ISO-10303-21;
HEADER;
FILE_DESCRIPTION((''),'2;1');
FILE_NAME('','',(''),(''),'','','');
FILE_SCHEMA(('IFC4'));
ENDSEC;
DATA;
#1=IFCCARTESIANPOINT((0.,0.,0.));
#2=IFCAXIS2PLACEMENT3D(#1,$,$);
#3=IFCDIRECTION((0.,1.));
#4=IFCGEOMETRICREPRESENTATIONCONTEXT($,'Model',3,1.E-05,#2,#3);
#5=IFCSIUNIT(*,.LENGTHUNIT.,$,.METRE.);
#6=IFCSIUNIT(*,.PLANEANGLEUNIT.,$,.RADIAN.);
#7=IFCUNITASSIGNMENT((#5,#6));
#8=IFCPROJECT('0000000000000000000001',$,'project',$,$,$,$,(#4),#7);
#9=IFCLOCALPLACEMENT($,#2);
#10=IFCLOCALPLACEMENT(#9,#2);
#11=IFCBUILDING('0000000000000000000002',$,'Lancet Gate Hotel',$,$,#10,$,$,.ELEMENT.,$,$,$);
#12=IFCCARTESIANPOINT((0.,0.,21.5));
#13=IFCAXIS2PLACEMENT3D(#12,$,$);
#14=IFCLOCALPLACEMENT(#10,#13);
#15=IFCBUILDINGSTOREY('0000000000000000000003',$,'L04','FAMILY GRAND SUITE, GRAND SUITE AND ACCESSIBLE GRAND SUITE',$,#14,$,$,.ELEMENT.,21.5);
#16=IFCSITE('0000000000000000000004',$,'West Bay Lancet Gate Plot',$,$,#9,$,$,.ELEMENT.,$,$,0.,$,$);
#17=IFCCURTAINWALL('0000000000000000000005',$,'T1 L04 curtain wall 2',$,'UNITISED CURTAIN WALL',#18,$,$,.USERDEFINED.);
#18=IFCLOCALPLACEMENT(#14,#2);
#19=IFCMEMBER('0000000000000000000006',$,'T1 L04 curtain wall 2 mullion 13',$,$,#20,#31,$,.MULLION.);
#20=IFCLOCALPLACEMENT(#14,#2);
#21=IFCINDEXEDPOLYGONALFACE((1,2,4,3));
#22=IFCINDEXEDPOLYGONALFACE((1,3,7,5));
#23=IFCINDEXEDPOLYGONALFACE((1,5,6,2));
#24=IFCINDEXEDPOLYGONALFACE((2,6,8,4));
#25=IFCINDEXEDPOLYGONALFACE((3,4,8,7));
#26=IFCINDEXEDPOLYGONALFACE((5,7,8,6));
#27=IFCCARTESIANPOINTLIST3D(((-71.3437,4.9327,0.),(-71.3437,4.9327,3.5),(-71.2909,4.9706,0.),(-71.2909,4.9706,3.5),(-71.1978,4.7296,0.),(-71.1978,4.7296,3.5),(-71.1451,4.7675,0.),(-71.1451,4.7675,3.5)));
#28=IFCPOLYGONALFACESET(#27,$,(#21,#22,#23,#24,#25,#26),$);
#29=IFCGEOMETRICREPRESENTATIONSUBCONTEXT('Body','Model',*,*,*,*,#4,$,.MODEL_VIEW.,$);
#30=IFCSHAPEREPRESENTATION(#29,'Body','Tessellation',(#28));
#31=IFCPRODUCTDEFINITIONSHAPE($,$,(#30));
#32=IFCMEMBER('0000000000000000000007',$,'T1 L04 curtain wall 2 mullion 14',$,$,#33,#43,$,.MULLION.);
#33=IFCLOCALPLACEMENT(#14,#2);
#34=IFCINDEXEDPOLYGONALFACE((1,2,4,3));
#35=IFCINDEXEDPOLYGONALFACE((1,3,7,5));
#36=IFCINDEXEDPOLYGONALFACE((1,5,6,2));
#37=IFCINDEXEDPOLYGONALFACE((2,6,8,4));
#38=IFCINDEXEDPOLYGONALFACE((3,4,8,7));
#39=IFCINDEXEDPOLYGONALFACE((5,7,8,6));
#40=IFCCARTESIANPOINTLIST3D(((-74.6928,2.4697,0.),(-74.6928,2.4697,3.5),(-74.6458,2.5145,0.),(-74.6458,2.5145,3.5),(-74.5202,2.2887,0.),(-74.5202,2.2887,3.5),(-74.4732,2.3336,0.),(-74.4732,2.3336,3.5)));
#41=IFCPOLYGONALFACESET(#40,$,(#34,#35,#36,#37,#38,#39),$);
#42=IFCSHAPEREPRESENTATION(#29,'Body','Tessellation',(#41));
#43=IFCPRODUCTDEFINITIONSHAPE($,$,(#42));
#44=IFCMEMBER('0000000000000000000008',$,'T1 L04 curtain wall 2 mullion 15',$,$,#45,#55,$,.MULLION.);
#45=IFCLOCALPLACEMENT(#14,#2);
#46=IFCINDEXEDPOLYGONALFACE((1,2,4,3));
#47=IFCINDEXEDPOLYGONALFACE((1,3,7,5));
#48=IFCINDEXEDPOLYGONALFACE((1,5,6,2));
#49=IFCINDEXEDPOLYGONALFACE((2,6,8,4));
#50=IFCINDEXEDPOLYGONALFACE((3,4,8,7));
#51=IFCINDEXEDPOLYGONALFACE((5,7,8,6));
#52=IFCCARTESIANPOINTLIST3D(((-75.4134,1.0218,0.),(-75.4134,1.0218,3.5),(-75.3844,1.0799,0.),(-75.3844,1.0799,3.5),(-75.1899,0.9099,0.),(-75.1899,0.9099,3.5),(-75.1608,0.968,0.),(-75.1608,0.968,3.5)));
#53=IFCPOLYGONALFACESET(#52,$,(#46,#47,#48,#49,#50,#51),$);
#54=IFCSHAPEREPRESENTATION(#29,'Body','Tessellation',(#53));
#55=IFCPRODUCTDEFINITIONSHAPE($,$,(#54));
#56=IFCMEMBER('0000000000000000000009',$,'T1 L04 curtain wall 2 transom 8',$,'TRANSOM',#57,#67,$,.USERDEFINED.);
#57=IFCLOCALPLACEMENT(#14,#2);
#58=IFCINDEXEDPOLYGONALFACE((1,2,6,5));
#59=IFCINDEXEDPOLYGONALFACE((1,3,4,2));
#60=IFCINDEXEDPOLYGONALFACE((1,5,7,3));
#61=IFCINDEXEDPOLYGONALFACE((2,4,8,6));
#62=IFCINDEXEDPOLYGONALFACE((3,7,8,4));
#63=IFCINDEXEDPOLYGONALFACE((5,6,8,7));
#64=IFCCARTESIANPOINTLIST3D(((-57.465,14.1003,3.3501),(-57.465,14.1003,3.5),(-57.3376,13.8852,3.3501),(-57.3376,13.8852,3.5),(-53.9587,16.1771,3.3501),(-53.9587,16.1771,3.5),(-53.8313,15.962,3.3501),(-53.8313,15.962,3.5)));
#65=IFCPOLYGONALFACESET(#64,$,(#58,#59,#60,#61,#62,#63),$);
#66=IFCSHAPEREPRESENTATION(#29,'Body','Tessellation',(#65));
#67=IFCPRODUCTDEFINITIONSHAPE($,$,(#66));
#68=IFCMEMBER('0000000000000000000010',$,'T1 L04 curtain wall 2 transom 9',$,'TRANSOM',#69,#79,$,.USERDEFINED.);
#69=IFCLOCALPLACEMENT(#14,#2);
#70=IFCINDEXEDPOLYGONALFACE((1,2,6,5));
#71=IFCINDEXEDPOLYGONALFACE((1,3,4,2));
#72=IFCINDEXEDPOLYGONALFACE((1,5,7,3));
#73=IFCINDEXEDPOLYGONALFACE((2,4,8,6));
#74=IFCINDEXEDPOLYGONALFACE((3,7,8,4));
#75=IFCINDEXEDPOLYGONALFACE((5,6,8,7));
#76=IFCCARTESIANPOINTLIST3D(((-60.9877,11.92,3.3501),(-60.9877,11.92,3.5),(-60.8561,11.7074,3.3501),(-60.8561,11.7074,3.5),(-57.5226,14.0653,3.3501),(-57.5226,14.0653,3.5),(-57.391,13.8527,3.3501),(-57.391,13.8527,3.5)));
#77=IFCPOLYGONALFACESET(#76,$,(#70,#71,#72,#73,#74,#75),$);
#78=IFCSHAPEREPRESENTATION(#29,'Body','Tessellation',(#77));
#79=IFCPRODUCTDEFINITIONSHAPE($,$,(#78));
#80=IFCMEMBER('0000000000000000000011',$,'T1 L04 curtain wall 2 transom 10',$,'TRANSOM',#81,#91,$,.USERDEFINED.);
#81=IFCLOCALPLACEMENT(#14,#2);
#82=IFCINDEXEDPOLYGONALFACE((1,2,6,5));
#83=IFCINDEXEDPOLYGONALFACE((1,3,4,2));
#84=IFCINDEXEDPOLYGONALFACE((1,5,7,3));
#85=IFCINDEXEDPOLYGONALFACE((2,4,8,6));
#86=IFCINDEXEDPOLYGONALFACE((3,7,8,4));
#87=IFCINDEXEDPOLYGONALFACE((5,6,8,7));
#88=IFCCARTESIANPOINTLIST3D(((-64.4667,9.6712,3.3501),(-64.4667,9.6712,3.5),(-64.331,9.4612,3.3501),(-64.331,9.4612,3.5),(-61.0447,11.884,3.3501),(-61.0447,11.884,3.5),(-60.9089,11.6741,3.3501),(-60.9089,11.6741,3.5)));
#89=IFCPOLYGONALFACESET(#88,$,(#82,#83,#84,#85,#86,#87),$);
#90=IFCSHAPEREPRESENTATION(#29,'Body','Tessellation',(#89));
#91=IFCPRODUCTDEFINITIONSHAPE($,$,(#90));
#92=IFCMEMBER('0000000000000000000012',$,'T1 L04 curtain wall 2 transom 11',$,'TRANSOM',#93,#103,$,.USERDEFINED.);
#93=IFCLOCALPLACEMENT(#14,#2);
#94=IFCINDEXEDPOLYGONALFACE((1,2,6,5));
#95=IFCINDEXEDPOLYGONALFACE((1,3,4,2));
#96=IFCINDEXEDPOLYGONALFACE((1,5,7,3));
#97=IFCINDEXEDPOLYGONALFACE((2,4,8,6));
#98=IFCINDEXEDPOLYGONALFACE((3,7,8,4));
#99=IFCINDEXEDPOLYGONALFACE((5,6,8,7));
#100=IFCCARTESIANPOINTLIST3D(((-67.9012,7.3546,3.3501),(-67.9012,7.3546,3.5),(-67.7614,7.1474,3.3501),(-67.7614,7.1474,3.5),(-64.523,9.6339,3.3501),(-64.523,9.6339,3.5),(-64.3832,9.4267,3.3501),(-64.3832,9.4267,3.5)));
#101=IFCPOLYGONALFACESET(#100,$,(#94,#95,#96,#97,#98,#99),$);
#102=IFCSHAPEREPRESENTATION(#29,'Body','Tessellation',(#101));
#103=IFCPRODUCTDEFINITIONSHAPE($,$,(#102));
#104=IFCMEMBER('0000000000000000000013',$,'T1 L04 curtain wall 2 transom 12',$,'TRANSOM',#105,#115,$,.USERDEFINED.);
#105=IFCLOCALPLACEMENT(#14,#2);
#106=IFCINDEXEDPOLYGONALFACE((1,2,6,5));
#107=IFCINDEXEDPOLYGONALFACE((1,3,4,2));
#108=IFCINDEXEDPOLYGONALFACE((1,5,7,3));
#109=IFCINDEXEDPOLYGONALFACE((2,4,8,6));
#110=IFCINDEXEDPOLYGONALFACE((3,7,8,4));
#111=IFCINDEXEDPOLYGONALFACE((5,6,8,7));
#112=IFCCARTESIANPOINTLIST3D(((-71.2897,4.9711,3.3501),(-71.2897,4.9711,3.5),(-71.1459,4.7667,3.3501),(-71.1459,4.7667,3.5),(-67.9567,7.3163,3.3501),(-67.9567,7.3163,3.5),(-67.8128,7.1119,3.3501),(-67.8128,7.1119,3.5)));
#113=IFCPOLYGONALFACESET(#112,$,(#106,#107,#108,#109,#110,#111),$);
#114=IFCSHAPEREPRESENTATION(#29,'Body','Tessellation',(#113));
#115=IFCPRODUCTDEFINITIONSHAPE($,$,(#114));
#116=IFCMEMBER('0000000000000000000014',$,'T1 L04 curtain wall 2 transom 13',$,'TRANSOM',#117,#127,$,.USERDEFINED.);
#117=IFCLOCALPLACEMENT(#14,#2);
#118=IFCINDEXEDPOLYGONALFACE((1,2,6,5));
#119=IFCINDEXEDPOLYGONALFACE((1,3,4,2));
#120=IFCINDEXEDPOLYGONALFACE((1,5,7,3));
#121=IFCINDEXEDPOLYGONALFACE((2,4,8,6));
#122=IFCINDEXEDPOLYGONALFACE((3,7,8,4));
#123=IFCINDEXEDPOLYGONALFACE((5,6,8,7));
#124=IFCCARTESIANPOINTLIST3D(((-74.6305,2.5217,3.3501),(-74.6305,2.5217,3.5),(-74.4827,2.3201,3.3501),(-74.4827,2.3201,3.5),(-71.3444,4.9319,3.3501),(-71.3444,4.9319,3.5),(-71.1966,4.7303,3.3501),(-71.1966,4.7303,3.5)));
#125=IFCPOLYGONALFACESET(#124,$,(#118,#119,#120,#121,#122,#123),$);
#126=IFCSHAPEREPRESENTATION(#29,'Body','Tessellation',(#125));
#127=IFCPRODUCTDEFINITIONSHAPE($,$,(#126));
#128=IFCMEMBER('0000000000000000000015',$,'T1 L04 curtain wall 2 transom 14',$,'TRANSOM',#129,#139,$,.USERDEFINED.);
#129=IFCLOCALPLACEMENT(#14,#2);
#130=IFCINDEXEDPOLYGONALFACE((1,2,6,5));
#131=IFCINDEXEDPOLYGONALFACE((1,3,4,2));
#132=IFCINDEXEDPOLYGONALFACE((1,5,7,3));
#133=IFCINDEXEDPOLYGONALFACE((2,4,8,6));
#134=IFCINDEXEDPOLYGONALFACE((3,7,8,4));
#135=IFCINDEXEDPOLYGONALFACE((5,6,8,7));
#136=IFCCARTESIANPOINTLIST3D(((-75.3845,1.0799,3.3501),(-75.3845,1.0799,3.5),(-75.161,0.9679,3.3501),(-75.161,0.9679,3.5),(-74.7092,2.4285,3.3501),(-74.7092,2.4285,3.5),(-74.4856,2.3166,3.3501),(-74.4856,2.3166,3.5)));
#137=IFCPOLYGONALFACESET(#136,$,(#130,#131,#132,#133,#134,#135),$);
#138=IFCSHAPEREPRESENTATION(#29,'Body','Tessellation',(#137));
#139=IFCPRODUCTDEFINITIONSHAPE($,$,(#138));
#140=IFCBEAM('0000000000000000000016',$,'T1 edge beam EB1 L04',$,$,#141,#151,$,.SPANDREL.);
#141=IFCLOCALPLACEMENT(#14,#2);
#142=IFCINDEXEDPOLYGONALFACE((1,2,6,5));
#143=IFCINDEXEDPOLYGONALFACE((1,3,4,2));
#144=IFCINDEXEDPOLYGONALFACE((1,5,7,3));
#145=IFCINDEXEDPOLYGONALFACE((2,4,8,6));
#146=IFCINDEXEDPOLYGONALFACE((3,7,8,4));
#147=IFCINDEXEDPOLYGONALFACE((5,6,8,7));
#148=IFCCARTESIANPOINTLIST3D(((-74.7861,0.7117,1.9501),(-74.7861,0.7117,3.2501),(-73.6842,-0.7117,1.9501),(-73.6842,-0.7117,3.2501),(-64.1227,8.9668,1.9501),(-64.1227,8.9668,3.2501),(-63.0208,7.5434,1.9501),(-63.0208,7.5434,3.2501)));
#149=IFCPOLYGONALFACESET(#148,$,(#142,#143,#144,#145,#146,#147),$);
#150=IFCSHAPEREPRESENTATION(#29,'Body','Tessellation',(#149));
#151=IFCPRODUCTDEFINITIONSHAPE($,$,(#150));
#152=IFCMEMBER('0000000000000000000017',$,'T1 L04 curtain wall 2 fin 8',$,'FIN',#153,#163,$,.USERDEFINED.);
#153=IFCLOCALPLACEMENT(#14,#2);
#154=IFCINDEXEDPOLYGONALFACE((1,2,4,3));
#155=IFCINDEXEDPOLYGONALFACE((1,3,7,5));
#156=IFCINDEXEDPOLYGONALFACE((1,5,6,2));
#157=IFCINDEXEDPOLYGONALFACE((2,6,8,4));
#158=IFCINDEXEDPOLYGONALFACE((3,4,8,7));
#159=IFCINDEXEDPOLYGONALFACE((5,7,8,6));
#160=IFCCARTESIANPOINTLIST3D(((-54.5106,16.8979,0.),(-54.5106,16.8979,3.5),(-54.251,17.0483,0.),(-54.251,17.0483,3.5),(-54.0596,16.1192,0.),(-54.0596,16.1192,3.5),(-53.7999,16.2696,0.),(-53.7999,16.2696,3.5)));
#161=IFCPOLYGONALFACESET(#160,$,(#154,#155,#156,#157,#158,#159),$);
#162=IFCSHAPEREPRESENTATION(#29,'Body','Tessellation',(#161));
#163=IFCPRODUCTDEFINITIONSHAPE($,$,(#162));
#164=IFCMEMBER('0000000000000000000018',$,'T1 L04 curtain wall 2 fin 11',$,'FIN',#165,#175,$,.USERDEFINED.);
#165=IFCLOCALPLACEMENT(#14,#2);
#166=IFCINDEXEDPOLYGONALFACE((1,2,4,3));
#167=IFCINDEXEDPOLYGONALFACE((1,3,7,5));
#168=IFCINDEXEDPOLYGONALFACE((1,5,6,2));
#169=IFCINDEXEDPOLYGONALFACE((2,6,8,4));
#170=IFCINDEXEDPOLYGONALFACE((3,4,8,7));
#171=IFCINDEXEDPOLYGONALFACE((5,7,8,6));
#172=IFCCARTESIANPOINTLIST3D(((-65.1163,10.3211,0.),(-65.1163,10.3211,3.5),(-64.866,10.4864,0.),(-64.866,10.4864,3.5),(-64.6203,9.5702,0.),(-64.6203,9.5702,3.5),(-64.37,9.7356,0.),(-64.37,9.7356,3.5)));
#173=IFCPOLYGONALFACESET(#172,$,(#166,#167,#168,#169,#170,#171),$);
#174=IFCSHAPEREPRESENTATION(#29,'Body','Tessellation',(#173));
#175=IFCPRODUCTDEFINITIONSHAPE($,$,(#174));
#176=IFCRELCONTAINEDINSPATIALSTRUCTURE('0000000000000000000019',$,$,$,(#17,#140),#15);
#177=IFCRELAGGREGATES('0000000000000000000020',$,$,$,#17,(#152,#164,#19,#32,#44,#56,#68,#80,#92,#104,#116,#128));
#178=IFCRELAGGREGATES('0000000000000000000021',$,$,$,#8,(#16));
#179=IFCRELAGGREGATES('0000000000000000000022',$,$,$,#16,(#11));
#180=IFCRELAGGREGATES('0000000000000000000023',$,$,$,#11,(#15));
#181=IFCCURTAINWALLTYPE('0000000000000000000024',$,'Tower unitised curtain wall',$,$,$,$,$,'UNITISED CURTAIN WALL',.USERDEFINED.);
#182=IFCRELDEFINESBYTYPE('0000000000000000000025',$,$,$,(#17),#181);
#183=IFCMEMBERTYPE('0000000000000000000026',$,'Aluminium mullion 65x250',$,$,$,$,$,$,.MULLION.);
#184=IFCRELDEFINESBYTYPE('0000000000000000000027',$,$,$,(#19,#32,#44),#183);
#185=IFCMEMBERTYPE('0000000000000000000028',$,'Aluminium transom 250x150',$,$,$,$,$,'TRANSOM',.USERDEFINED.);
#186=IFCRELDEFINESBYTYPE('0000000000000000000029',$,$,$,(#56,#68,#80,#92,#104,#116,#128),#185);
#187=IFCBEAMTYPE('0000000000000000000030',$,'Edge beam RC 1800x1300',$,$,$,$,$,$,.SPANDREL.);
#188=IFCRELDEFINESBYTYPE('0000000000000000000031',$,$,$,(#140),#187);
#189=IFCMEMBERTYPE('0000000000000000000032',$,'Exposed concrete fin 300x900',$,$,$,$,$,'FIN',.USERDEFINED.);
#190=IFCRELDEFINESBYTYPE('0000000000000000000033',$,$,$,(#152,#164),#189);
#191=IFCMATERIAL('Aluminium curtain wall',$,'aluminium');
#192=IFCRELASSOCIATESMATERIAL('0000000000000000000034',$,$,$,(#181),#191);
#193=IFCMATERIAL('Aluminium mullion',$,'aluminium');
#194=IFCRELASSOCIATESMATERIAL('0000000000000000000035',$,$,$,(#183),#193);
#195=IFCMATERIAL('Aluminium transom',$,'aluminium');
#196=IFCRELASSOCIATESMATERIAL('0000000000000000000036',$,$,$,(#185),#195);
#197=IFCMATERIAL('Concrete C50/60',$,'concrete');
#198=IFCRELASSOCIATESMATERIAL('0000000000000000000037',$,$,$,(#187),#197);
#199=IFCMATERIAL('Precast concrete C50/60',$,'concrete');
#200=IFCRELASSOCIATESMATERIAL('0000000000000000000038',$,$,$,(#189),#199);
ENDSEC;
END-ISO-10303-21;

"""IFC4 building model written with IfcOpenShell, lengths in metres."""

from ifc_helpers import new_model, si_unit, direction, frame, origin, origin_2d, place, context, subcontext, project, spatial, rectangle, extrude, material, material_profile, profile_set, type_object, element, aggregate, save


model = new_model("IFC4")

# Units and contexts
model_context = context("Model", 3, precision=1e-05, world=origin(), true_north=direction((0.0, 1.0)))
body_context = subcontext(model_context, "Body", "Model", "MODEL_VIEW")
ifc_project = project(units=[si_unit("LENGTHUNIT", "METRE"), si_unit("PLANEANGLEUNIT", "RADIAN")], contexts=[model_context])

# Site, building, storey
site_placement = place(None, origin())
site = spatial("IfcSite", under=ifc_project, at=site_placement, Name="West Bay Lancet Gate Plot", CompositionType="ELEMENT", RefElevation=0.0)
building_placement = place(site_placement, origin())
building = spatial("IfcBuilding", under=site, at=building_placement, Name="Lancet Gate Hotel", CompositionType="ELEMENT")
storey_placement = place(building_placement, frame((0.0, 0.0, 21.5)))
storey = spatial("IfcBuildingStorey", under=building, at=storey_placement, Name="L04", Description="FAMILY GRAND SUITE, GRAND SUITE AND ACCESSIBLE GRAND SUITE", CompositionType="ELEMENT", Elevation=21.5)

# Curtain wall, members
ifc_material_1 = material(Name="Aluminium curtain wall", Category="aluminium")
curtain_wall_type = type_object("IfcCurtainWallType", Name="Tower unitised curtain wall", ElementType="UNITISED CURTAIN WALL", PredefinedType="USERDEFINED", material=ifc_material_1)
curtain_wall_placement = place(storey_placement, origin())
curtain_wall = element("IfcCurtainWall", 1, at=curtain_wall_placement, inside=storey, type_object=curtain_wall_type, Name="T1 L04 curtain wall 2", ObjectType="UNITISED CURTAIN WALL", PredefinedType="USERDEFINED")
ifc_material_2 = material(Name="Aluminium mullion", Category="aluminium")
ifc_material_profile_1 = material_profile(ifc_material_2, rectangle(XDim=0.0649, YDim=0.25, at=origin_2d()), Name="MULLION 65x250")
ifc_profile_set_1 = profile_set([ifc_material_profile_1], Name="Aluminium mullion")
member_type_1 = type_object("IfcMemberType", Name="Aluminium mullion 65x250", PredefinedType="MULLION", material=ifc_profile_set_1)
member_1_placement = place(storey_placement, frame((-71.2444, 4.8501, 0.0), z_axis=(0.0, 0.0, 1.0), x_axis=(-0.812147, -0.583453, 0.0)))
member_1 = element("IfcMember", 2, at=member_1_placement, type_object=member_type_1, Name="T1 L04 curtain wall 2 mullion 13", PredefinedType="MULLION", context=body_context, shape_type="SweptSolid", body=[
    extrude(rectangle(XDim=0.0649, YDim=0.25, at=origin_2d()), origin(), (0.0, 0.0, 1.0), 3.5),
])
member_2_placement = place(storey_placement, frame((-74.583, 2.4016, 0.0), z_axis=(0.0, 0.0, 1.0), x_axis=(-0.723696, -0.690119, 0.0)))
member_2 = element("IfcMember", 3, at=member_2_placement, type_object=member_type_1, Name="T1 L04 curtain wall 2 mullion 14", PredefinedType="MULLION", context=body_context, shape_type="SweptSolid", body=[
    extrude(rectangle(XDim=0.0649, YDim=0.25, at=origin_2d()), origin(), (0.0, 0.0, 1.0), 3.5),
])
member_3_placement = place(storey_placement, frame((-75.2871, 0.9949, 0.0), z_axis=(0.0, 0.0, 1.0), x_axis=(-0.447628, -0.89422, 0.0)))
member_3 = element("IfcMember", 4, at=member_3_placement, type_object=member_type_1, Name="T1 L04 curtain wall 2 mullion 15", PredefinedType="MULLION", context=body_context, shape_type="SweptSolid", body=[
    extrude(rectangle(XDim=0.0649, YDim=0.25, at=origin_2d()), origin(), (0.0, 0.0, 1.0), 3.5),
])
ifc_material_3 = material(Name="Aluminium transom", Category="aluminium")
ifc_material_profile_2 = material_profile(ifc_material_3, rectangle(XDim=0.25, YDim=0.1499, at=origin_2d()), Name="TRANSOM 250x150")
ifc_profile_set_2 = profile_set([ifc_material_profile_2], Name="Aluminium transom")
member_type_2 = type_object("IfcMemberType", Name="Aluminium transom 250x150", ElementType="TRANSOM", PredefinedType="USERDEFINED", material=ifc_profile_set_2)
member_4_placement = place(storey_placement, frame((-53.895, 16.0696, 3.425), z_axis=(-0.860392, -0.509633, 0.0), x_axis=(0.509633, -0.860392, 0.0)))
member_4 = element("IfcMember", 5, at=member_4_placement, type_object=member_type_2, Name="T1 L04 curtain wall 2 transom 8", ObjectType="TRANSOM", PredefinedType="USERDEFINED", context=body_context, shape_type="SweptSolid", body=[
    extrude(rectangle(XDim=0.25, YDim=0.1499, at=origin_2d()), origin(), (0.0, 0.0, 1.0), 4.0752),
])
member_5_placement = place(storey_placement, frame((-57.4568, 13.959, 3.425), z_axis=(-0.850242, -0.526392, 0.0), x_axis=(0.526392, -0.850242, 0.0)))
member_5 = element("IfcMember", 6, at=member_5_placement, type_object=member_type_2, Name="T1 L04 curtain wall 2 transom 9", ObjectType="TRANSOM", PredefinedType="USERDEFINED", context=body_context, shape_type="SweptSolid", body=[
    extrude(rectangle(XDim=0.25, YDim=0.1499, at=origin_2d()), origin(), (0.0, 0.0, 1.0), 4.0754),
])
member_6_placement = place(storey_placement, frame((-60.9768, 11.7791, 3.425), z_axis=(-0.839729, -0.543005, 0.0), x_axis=(0.543005, -0.839729, 0.0)))
member_6 = element("IfcMember", 7, at=member_6_placement, type_object=member_type_2, Name="T1 L04 curtain wall 2 transom 10", ObjectType="TRANSOM", PredefinedType="USERDEFINED", context=body_context, shape_type="SweptSolid", body=[
    extrude(rectangle(XDim=0.25, YDim=0.1499, at=origin_2d()), origin(), (0.0, 0.0, 1.0), 4.0752),
])
member_7_placement = place(storey_placement, frame((-64.4531, 9.5303, 3.425), z_axis=(-0.828959, -0.559309, 0.0), x_axis=(0.559309, -0.828959, 0.0)))
member_7 = element("IfcMember", 8, at=member_7_placement, type_object=member_type_2, Name="T1 L04 curtain wall 2 transom 11", ObjectType="TRANSOM", PredefinedType="USERDEFINED", context=body_context, shape_type="SweptSolid", body=[
    extrude(rectangle(XDim=0.25, YDim=0.1499, at=origin_2d()), origin(), (0.0, 0.0, 1.0), 4.0752),
])
member_8_placement = place(storey_placement, frame((-67.8848, 7.2141, 3.425), z_axis=(-0.817834, -0.575455, 0.0), x_axis=(0.575455, -0.817834, 0.0)))
member_8 = element("IfcMember", 9, at=member_8_placement, type_object=member_type_2, Name="T1 L04 curtain wall 2 transom 12", ObjectType="TRANSOM", PredefinedType="USERDEFINED", context=body_context, shape_type="SweptSolid", body=[
    extrude(rectangle(XDim=0.25, YDim=0.1499, at=origin_2d()), origin(), (0.0, 0.0, 1.0), 4.0754),
])
member_9_placement = place(storey_placement, frame((-71.2705, 4.8311, 3.425), z_axis=(-0.806367, -0.591416, 0.0), x_axis=(0.591416, -0.806367, 0.0)))
member_9 = element("IfcMember", 10, at=member_9_placement, type_object=member_type_2, Name="T1 L04 curtain wall 2 transom 13", ObjectType="TRANSOM", PredefinedType="USERDEFINED", context=body_context, shape_type="SweptSolid", body=[
    extrude(rectangle(XDim=0.25, YDim=0.1499, at=origin_2d()), origin(), (0.0, 0.0, 1.0), 4.0752),
])
member_10_placement = place(storey_placement, frame((-74.5974, 2.3726, 3.425), z_axis=(-0.447732, -0.894168, 0.0), x_axis=(0.894168, -0.447732, 0.0)))
member_10 = element("IfcMember", 11, at=member_10_placement, type_object=member_type_2, Name="T1 L04 curtain wall 2 transom 14", ObjectType="TRANSOM", PredefinedType="USERDEFINED", context=body_context, shape_type="SweptSolid", body=[
    extrude(rectangle(XDim=0.25, YDim=0.1499, at=origin_2d()), origin(), (0.0, 0.0, 1.0), 1.5083),
])

# Beam
ifc_material_4 = material(Name="Concrete C50/60", Category="concrete")
ifc_material_profile_3 = material_profile(ifc_material_4, rectangle(XDim=1.8, YDim=1.3, at=origin_2d()), Name="RC 1800x1300")
ifc_profile_set_3 = profile_set([ifc_material_profile_3], Name="Concrete C50/60")
beam_type_1 = type_object("IfcBeamType", Name="Edge beam RC 1800x1300", PredefinedType="SPANDREL", material=ifc_profile_set_3)
beam_1_placement = place(storey_placement, frame((-63.5718, 8.2551, 2.6001), z_axis=(-0.790736, -0.612157, 0.0), x_axis=(0.612157, -0.790736, 0.0)))
element("IfcBeam", 12, at=beam_1_placement, inside=storey, type_object=beam_type_1, Name="T1 edge beam EB1 L04", PredefinedType="SPANDREL", context=body_context, shape_type="SweptSolid", body=[
    extrude(rectangle(XDim=1.8, YDim=1.3, at=origin_2d()), origin(), (0.0, 0.0, 1.0), 13.4854),
])

# Members
ifc_material_5 = material(Name="Precast concrete C50/60", Category="concrete")
ifc_material_profile_4 = material_profile(ifc_material_5, rectangle(XDim=0.3, YDim=0.8999, at=origin_2d()), Name="FIN 300x900")
ifc_profile_set_4 = profile_set([ifc_material_profile_4], Name="Precast concrete C50/60")
member_type_3 = type_object("IfcMemberType", Name="Exposed concrete fin 300x900", ElementType="FIN", PredefinedType="USERDEFINED", material=ifc_profile_set_4)
member_11_placement = place(storey_placement, frame((-54.1553, 16.5837, 0.0), z_axis=(0.0, 0.0, 1.0), x_axis=(-0.865335, -0.501194, 0.0)))
member_11 = element("IfcMember", 13, at=member_11_placement, type_object=member_type_3, Name="T1 L04 curtain wall 2 fin 8", ObjectType="FIN", PredefinedType="USERDEFINED", context=body_context, shape_type="SweptSolid", body=[
    extrude(rectangle(XDim=0.3, YDim=0.8999, at=origin_2d()), origin(), (0.0, 0.0, 1.0), 3.5),
])
member_12_placement = place(storey_placement, frame((-64.7432, 10.0283, 0.0), z_axis=(0.0, 0.0, 1.0), x_axis=(-0.834387, -0.551178, 0.0)))
member_12 = element("IfcMember", 14, at=member_12_placement, type_object=member_type_3, Name="T1 L04 curtain wall 2 fin 11", ObjectType="FIN", PredefinedType="USERDEFINED", context=body_context, shape_type="SweptSolid", body=[
    extrude(rectangle(XDim=0.3, YDim=0.8999, at=origin_2d()), origin(), (0.0, 0.0, 1.0), 3.5),
])

aggregate(curtain_wall, [member_11, member_12, member_1, member_2, member_3, member_4, member_5, member_6, member_7, member_8, member_9, member_10])

save(model, "model.ifc")
